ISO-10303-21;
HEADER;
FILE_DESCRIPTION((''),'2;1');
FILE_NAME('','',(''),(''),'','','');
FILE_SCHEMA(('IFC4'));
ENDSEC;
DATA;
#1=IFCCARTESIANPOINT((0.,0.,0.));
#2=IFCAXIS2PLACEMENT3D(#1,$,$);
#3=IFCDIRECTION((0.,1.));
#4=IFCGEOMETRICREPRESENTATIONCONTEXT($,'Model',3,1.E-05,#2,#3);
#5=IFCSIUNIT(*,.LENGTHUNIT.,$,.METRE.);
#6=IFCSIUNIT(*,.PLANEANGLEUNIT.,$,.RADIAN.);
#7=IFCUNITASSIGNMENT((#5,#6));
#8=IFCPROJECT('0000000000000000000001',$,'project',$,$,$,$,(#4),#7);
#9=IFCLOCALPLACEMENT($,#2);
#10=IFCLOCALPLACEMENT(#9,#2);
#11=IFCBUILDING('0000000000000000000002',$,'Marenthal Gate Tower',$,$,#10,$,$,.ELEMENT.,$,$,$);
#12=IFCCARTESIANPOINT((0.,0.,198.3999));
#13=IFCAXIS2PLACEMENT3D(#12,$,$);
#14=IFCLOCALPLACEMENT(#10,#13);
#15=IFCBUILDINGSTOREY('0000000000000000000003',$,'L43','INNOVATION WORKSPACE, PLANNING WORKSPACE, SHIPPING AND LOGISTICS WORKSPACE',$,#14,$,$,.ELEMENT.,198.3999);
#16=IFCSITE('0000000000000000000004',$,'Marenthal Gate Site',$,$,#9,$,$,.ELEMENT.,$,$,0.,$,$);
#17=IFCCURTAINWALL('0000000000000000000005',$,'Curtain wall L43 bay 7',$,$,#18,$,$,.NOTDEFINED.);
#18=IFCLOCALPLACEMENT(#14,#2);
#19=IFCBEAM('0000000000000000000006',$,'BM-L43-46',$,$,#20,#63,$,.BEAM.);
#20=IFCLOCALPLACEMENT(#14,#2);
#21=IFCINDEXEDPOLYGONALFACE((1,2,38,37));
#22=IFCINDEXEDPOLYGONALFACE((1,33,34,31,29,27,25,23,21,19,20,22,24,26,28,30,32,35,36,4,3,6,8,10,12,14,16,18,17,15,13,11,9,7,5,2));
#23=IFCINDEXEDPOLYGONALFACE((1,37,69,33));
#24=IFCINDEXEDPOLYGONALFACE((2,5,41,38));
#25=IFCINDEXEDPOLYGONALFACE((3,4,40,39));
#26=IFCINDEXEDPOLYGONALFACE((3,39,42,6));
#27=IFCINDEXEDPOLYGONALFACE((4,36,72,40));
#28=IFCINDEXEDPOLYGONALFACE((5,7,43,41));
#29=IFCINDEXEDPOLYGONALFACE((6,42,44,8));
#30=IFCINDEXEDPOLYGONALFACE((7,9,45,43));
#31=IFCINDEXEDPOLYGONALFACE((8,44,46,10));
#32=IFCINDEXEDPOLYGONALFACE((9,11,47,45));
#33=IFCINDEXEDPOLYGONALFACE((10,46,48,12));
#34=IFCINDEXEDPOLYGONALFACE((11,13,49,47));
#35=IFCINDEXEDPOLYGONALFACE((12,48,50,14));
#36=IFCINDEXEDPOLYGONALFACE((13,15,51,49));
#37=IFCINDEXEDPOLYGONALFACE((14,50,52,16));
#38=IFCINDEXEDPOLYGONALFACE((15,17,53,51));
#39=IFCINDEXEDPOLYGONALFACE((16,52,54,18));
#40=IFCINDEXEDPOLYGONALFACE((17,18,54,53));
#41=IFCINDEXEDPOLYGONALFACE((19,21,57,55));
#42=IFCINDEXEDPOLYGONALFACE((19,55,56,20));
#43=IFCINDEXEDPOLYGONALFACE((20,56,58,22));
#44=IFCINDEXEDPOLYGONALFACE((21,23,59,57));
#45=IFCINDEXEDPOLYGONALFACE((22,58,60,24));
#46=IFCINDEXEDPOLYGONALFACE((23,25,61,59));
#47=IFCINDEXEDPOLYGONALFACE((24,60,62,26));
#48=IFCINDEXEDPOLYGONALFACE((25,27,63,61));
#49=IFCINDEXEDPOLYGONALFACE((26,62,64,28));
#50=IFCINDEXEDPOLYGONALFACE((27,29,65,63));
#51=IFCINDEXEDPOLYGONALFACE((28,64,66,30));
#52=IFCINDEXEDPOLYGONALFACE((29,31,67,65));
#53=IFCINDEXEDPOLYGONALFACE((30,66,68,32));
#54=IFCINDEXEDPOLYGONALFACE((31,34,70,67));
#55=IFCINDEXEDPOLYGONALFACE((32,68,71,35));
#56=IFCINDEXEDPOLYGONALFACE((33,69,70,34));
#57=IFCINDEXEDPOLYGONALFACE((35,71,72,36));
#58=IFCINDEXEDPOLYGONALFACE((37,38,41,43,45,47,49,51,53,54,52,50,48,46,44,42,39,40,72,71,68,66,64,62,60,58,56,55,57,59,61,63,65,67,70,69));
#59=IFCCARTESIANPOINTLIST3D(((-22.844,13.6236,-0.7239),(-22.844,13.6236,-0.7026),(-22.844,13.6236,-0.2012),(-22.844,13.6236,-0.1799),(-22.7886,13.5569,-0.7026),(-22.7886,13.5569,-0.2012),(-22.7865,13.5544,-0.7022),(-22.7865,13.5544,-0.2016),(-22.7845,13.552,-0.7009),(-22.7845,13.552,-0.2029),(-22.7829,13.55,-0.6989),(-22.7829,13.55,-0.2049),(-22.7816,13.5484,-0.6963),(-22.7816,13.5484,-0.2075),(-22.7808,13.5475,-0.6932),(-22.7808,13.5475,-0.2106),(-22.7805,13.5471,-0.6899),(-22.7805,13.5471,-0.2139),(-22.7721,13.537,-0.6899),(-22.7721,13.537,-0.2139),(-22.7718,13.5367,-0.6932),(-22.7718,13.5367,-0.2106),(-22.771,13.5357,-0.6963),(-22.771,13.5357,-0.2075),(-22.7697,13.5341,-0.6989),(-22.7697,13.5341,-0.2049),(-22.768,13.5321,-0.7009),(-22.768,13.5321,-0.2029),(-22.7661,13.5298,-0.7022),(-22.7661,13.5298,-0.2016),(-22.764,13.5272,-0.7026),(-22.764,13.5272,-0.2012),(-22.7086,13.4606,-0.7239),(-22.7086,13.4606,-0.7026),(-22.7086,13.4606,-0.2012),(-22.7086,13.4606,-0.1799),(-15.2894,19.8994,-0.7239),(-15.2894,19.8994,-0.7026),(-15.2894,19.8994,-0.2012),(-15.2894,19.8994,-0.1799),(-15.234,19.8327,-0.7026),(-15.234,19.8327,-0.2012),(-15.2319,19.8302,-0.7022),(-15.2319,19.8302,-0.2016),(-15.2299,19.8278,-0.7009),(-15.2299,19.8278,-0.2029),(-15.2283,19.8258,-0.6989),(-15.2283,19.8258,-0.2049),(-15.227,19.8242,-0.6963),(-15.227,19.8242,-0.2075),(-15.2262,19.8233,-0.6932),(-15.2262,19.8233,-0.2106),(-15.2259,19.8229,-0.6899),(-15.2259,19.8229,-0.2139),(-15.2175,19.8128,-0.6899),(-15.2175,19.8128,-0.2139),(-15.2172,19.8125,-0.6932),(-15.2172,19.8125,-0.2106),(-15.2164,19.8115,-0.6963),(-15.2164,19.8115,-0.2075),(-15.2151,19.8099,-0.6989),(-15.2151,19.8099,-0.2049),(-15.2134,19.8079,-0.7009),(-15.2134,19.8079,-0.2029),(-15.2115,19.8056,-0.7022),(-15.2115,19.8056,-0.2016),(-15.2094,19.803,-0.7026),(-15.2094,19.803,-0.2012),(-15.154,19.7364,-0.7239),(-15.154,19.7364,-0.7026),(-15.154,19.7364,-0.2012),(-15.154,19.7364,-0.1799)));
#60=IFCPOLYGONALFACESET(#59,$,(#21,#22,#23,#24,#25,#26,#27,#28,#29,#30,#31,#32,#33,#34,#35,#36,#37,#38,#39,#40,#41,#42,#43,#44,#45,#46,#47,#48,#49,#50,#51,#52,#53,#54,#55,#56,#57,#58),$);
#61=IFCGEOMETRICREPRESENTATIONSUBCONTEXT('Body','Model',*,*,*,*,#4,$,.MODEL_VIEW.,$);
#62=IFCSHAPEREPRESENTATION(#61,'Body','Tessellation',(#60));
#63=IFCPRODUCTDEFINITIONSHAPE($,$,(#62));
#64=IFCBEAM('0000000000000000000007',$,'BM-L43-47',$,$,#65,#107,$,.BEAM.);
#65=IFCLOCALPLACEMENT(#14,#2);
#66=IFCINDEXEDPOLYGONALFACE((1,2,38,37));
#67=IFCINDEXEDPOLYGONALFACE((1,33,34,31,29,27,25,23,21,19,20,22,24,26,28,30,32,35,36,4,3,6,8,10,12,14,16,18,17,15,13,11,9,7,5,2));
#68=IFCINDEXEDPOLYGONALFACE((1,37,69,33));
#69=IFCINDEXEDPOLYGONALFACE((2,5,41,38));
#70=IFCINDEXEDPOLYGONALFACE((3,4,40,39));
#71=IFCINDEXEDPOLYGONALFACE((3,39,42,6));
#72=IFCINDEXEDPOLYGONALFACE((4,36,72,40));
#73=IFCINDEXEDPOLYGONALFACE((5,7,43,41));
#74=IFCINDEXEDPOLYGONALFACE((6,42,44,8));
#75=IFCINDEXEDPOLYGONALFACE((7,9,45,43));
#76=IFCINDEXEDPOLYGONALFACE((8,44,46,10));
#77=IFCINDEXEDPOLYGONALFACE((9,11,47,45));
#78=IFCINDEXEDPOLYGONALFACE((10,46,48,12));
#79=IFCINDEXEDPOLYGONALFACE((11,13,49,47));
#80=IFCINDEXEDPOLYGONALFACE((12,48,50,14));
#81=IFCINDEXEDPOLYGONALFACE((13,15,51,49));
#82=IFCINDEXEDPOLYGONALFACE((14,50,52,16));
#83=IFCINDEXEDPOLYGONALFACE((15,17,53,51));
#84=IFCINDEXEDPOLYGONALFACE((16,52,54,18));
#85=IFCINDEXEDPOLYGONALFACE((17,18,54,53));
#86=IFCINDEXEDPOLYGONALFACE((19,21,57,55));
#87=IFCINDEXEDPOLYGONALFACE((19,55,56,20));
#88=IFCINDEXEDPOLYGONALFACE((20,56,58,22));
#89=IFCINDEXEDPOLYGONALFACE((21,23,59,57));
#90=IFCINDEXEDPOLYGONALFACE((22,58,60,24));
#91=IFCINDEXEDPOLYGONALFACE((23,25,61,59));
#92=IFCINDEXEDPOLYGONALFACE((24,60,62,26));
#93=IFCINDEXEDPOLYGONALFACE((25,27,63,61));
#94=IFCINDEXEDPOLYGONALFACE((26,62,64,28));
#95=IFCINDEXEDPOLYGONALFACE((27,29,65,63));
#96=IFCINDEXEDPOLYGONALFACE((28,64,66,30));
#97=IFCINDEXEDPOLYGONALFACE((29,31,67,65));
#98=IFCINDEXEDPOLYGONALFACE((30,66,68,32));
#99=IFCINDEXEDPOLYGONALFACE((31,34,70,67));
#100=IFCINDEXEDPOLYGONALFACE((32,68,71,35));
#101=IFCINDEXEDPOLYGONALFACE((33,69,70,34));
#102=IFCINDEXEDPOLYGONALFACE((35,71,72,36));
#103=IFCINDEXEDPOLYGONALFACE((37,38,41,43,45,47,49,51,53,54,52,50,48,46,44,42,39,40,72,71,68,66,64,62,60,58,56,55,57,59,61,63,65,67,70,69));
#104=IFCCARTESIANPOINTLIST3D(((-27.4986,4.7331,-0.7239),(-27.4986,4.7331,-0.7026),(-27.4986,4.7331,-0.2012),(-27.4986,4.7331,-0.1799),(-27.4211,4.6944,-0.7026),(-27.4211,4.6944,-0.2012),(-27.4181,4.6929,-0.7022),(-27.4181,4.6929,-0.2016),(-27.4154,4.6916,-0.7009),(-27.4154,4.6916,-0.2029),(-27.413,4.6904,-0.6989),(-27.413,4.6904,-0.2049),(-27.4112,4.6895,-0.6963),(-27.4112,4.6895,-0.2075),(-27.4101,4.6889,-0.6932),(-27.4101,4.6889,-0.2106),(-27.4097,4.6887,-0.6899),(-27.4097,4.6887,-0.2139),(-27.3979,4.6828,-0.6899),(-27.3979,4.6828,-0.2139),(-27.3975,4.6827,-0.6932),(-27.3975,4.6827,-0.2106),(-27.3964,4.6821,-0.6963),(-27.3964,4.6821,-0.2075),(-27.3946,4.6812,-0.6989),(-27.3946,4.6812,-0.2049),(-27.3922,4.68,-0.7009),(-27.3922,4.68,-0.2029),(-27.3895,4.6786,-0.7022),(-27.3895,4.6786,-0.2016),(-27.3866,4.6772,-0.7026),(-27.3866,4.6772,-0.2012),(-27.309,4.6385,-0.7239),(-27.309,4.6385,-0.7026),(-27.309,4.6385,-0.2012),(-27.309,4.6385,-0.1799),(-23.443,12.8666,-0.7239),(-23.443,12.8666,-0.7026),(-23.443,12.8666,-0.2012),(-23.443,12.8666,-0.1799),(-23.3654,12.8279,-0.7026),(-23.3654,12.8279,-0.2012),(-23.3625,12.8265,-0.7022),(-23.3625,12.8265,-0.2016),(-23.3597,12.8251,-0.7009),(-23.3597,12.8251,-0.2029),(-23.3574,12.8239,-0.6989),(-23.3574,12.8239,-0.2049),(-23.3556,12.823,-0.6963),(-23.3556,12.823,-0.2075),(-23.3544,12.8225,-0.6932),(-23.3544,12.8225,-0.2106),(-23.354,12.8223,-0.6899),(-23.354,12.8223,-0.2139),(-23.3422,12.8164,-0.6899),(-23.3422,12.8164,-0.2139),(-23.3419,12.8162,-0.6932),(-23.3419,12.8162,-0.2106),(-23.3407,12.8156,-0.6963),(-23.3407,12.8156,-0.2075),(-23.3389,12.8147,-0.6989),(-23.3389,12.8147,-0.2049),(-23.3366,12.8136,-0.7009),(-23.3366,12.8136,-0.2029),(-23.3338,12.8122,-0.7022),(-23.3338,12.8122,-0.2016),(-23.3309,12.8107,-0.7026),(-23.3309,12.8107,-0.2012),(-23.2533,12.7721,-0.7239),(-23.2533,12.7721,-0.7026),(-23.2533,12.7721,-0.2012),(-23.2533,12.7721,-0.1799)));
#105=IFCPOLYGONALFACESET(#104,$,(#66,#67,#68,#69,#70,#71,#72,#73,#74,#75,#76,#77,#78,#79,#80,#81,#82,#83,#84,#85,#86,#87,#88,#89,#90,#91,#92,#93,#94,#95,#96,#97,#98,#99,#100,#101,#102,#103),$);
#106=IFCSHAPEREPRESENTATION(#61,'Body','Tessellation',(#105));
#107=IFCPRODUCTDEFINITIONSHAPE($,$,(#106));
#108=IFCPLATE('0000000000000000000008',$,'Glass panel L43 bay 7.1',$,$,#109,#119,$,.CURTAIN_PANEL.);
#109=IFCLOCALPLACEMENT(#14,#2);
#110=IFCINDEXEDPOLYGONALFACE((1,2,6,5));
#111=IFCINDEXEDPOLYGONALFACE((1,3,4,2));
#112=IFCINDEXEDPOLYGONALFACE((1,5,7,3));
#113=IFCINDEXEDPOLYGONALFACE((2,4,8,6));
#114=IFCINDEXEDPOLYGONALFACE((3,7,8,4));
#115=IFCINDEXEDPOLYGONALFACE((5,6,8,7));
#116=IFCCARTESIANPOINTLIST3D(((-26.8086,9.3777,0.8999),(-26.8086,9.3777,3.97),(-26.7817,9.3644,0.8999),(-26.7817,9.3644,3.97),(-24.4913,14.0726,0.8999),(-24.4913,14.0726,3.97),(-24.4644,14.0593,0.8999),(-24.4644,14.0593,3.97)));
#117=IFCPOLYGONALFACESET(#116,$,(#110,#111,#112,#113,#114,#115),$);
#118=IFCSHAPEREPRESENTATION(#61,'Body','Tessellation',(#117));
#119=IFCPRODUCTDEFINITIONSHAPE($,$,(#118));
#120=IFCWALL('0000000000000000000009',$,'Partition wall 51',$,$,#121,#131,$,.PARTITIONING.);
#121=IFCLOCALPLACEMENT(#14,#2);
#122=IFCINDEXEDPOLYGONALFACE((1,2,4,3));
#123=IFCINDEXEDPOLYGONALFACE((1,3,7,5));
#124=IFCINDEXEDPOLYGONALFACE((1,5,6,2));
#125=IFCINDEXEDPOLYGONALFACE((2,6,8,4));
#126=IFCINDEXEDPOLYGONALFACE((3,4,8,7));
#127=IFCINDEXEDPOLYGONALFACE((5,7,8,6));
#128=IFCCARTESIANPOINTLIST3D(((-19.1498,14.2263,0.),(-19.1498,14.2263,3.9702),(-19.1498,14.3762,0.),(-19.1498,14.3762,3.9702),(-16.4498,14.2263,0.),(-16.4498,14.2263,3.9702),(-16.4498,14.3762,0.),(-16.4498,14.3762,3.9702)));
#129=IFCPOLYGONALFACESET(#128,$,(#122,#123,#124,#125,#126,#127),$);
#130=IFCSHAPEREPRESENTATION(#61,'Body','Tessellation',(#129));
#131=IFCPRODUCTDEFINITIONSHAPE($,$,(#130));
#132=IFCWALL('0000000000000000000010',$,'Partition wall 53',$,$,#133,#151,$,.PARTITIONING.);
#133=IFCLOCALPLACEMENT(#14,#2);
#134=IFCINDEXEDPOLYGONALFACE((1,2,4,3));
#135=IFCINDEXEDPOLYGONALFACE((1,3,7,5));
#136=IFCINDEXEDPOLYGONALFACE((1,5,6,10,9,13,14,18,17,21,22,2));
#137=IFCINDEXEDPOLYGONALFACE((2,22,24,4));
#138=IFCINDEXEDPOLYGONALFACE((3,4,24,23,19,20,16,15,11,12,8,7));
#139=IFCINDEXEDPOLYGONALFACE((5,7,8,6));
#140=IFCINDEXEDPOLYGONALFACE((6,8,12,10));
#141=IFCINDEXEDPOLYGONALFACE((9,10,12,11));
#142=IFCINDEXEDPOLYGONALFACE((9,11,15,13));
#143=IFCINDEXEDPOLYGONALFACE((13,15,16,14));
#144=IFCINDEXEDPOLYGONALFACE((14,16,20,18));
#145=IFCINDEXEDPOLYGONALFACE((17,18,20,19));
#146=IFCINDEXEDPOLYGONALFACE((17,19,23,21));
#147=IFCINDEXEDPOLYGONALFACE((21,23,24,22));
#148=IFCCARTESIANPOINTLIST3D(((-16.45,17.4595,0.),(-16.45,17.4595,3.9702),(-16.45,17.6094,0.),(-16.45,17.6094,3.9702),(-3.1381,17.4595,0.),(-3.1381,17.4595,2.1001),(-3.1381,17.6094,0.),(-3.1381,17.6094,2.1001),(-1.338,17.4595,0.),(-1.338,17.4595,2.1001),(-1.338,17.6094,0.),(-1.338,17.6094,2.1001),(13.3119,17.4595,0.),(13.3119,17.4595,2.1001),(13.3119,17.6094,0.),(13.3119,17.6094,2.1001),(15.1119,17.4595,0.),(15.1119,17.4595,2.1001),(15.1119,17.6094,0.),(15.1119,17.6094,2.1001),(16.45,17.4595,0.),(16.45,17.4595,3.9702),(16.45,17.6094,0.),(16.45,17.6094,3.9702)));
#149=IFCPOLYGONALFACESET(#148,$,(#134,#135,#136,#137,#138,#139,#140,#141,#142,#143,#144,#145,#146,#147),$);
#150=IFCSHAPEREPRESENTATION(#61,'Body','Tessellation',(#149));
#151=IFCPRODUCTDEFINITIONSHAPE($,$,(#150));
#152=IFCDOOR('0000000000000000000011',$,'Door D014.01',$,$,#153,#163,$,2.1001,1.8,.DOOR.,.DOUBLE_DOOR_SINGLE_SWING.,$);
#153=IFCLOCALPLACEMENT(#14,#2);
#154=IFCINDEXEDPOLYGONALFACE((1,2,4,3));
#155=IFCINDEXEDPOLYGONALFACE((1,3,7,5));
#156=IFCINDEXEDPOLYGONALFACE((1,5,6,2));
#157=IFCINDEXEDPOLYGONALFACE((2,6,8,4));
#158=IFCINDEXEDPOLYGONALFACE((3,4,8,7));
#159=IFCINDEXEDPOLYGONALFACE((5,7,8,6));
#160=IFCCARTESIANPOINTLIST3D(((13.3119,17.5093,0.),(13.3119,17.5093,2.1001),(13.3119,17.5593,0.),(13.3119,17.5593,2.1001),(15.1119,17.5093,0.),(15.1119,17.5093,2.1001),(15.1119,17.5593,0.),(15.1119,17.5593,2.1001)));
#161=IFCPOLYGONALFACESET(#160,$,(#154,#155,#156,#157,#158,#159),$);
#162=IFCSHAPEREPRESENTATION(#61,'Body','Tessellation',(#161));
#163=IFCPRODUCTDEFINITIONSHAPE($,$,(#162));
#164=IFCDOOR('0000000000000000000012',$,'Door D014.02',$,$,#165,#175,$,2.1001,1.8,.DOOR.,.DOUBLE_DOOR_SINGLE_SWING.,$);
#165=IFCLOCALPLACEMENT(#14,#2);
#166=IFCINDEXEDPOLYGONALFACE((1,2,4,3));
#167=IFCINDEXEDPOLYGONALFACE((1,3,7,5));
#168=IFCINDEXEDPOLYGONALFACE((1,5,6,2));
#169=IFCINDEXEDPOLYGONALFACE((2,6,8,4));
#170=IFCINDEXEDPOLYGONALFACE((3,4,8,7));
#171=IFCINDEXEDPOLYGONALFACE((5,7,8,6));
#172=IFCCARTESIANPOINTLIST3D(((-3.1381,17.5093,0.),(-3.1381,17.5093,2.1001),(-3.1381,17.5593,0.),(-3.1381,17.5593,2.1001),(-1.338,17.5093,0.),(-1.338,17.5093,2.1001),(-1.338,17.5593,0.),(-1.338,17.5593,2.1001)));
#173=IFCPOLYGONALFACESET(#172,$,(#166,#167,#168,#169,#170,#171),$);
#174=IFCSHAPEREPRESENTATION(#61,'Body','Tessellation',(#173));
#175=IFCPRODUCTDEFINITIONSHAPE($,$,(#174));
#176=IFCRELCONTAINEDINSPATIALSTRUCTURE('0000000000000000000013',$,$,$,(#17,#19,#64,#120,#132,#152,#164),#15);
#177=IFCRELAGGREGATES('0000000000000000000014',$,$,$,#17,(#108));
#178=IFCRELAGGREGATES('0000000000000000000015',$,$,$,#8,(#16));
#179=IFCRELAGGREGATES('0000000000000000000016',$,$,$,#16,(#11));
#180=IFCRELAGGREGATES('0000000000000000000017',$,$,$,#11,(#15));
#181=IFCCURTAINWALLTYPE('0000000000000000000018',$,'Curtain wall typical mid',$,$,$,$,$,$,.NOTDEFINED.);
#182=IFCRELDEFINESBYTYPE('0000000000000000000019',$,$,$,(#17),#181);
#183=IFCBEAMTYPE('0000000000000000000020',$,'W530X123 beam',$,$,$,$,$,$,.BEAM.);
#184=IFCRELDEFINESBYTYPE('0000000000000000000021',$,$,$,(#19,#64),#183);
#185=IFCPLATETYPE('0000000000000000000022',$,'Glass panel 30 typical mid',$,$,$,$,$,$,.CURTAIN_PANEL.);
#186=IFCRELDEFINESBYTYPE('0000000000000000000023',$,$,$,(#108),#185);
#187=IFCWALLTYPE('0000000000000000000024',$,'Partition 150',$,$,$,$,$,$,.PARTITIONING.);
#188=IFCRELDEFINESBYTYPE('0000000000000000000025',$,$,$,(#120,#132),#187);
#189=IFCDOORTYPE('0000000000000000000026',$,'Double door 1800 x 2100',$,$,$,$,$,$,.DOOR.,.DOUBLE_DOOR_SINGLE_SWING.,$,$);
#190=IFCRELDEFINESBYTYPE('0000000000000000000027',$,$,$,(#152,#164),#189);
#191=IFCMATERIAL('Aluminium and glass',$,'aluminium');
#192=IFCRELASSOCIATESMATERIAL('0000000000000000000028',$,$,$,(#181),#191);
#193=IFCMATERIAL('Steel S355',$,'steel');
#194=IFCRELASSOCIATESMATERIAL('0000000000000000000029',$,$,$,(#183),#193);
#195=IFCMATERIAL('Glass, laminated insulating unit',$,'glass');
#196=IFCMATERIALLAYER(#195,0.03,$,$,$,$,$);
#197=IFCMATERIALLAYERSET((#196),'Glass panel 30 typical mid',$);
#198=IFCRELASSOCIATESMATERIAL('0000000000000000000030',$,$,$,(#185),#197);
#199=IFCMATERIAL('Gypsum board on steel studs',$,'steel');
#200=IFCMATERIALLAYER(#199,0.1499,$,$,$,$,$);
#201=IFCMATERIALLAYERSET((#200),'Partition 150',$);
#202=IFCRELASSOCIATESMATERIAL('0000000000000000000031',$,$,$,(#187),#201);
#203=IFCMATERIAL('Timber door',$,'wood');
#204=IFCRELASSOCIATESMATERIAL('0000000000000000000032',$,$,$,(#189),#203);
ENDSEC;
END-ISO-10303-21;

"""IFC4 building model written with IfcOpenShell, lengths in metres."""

from ifc_helpers import new_model, si_unit, direction, frame, frame_2d, origin, origin_2d, place, context, subcontext, project, spatial, rectangle, i_section, extrude, material, layer, layer_set, material_profile, profile_set, type_object, element, fill, aggregate, save


model = new_model("IFC4")

# Units and contexts
model_context = context("Model", 3, precision=1e-05, world=origin(), true_north=direction((0.0, 1.0)))
body_context = subcontext(model_context, "Body", "Model", "MODEL_VIEW")
ifc_project = project(units=[si_unit("LENGTHUNIT", "METRE"), si_unit("PLANEANGLEUNIT", "RADIAN")], contexts=[model_context])

# Site, building, storey
site_placement = place(None, origin())
site = spatial("IfcSite", under=ifc_project, at=site_placement, Name="Marenthal Gate Site", CompositionType="ELEMENT", RefElevation=0.0)
building_placement = place(site_placement, origin())
building = spatial("IfcBuilding", under=site, at=building_placement, Name="Marenthal Gate Tower", CompositionType="ELEMENT")
storey_placement = place(building_placement, frame((0.0, 0.0, 198.3999)))
storey = spatial("IfcBuildingStorey", under=building, at=storey_placement, Name="L43", Description="INNOVATION WORKSPACE, PLANNING WORKSPACE, SHIPPING AND LOGISTICS WORKSPACE", CompositionType="ELEMENT", Elevation=198.3999)

# Shared definitions
ifc_material_1 = material(Name="Aluminium and glass", Category="aluminium")
curtain_wall_type = type_object("IfcCurtainWallType", Name="Curtain wall typical mid", PredefinedType="NOTDEFINED", material=ifc_material_1)

# Curtain wall
curtain_wall_1_placement = place(storey_placement, origin())
curtain_wall_1 = element("IfcCurtainWall", 1, at=curtain_wall_1_placement, inside=storey, type_object=curtain_wall_type, Name="Curtain wall L43 bay 7", PredefinedType="NOTDEFINED")

# Beams
ifc_material_2 = material(Name="Steel S355", Category="steel")
ifc_material_profile_1 = material_profile(ifc_material_2, i_section(OverallWidth=0.2119, OverallDepth=0.5439, WebThickness=0.0132, FlangeThickness=0.0212, FilletRadius=0.0127, at=origin_2d()), Name="W530X123")
ifc_profile_set_1 = profile_set([ifc_material_profile_1], Name="Steel S355")
beam_type_1 = type_object("IfcBeamType", Name="W530X123 beam", PredefinedType="BEAM", material=ifc_profile_set_1)
beam_1_placement = place(storey_placement, frame((-15.2217, 19.8179, -0.4519), z_axis=(-0.769207, -0.639, 0.0), x_axis=(0.639, -0.769207, 0.0)))
element("IfcBeam", 2, at=beam_1_placement, inside=storey, type_object=beam_type_1, Name="BM-L43-46", PredefinedType="BEAM", context=body_context, shape_type="SweptSolid", body=[
    extrude(i_section(OverallWidth=0.2119, OverallDepth=0.5439, WebThickness=0.0132, FlangeThickness=0.0212, FilletRadius=0.0127, at=origin_2d()), origin(), (0.0, 0.0, 1.0), 9.8213),
])
beam_2_placement = place(storey_placement, frame((-23.3481, 12.8193, -0.4519), z_axis=(-0.446236, -0.894916, 0.0), x_axis=(0.894916, -0.446236, 0.0)))
element("IfcBeam", 3, at=beam_2_placement, inside=storey, type_object=beam_type_1, Name="BM-L43-47", PredefinedType="BEAM", context=body_context, shape_type="SweptSolid", body=[
    extrude(i_section(OverallWidth=0.2119, OverallDepth=0.5439, WebThickness=0.0132, FlangeThickness=0.0212, FilletRadius=0.0127, at=origin_2d()), origin(), (0.0, 0.0, 1.0), 9.0886),
])

# Plate
ifc_material_3 = material(Name="Glass, laminated insulating unit", Category="glass")
ifc_layer_1 = layer(ifc_material_3, 0.03)
ifc_layer_set_1 = layer_set([ifc_layer_1], Name="Glass panel 30 typical mid")
plate_type = type_object("IfcPlateType", Name="Glass panel 30 typical mid", PredefinedType="CURTAIN_PANEL", material=ifc_layer_set_1)
plate_placement = place(storey_placement, frame((-25.6365, 11.7185, 0.8999), z_axis=(0.0, 0.0, 1.0), x_axis=(-0.442607, -0.896716, 0.0)))
plate = element("IfcPlate", 4, at=plate_placement, type_object=plate_type, Name="Glass panel L43 bay 7.1", PredefinedType="CURTAIN_PANEL", context=body_context, shape_type="SweptSolid", body=[
    extrude(rectangle(XDim=5.2356, YDim=0.03, at=origin_2d()), origin(), (0.0, 0.0, 1.0), 3.0701),
])
aggregate(curtain_wall_1, [plate])

# Wall
ifc_material_4 = material(Name="Gypsum board on steel studs", Category="steel")
ifc_layer_2 = layer(ifc_material_4, 0.1499)
ifc_layer_set_2 = layer_set([ifc_layer_2], Name="Partition 150")
wall_type_1 = type_object("IfcWallType", Name="Partition 150", PredefinedType="PARTITIONING", material=ifc_layer_set_2)
wall_1_placement = place(storey_placement, frame((-19.1499, 14.3013, 0.0), z_axis=(0.0, 0.0, 1.0), x_axis=(1.0, 0.0, 0.0)))
element("IfcWall", 5, at=wall_1_placement, inside=storey, type_object=wall_type_1, Name="Partition wall 51", PredefinedType="PARTITIONING", context=body_context, shape_type="SweptSolid", body=[
    extrude(rectangle(XDim=2.7, YDim=0.1499, at=frame_2d((1.3501, 0.0))), origin(), (0.0, 0.0, 1.0), 3.9702),
])

# Wall, openings, doors
wall_2_placement = place(storey_placement, frame((-16.45, 17.5344, 0.0), z_axis=(0.0, 0.0, 1.0), x_axis=(1.0, 0.0, 0.0)))
wall_2 = element("IfcWall", 6, at=wall_2_placement, inside=storey, type_object=wall_type_1, Name="Partition wall 53", PredefinedType="PARTITIONING", context=body_context, shape_type="SweptSolid", body=[
    extrude(rectangle(XDim=32.8999, YDim=0.1499, at=frame_2d((16.45, 0.0))), origin(), (0.0, 0.0, 1.0), 3.9702),
])
opening_1_placement = place(wall_2_placement, frame((29.762, 0.0, 0.0)))
opening_1 = element("IfcOpeningElement", 7, at=opening_1_placement, cuts=wall_2, PredefinedType="OPENING", context=body_context, shape_type="SweptSolid", body=[
    extrude(rectangle(XDim=1.8, YDim=2.1001, at=frame_2d((0.8999, 1.05))), frame((0.0, 0.085, 0.0), z_axis=(0.0, -1.0, 0.0), x_axis=(1.0, 0.0, 0.0)), (0.0, 0.0, 1.0), 0.1699),
])
opening_2_placement = place(wall_2_placement, frame((13.312, 0.0, 0.0)))
opening_2 = element("IfcOpeningElement", 8, at=opening_2_placement, cuts=wall_2, PredefinedType="OPENING", context=body_context, shape_type="SweptSolid", body=[
    extrude(rectangle(XDim=1.8, YDim=2.1001, at=frame_2d((0.8999, 1.05))), frame((0.0, 0.085, 0.0), z_axis=(0.0, -1.0, 0.0), x_axis=(1.0, 0.0, 0.0)), (0.0, 0.0, 1.0), 0.1699),
])
ifc_material_5 = material(Name="Timber door", Category="wood")
door_type_1 = type_object("IfcDoorType", Name="Double door 1800 x 2100", OperationType="DOUBLE_DOOR_SINGLE_SWING", PredefinedType="DOOR", material=ifc_material_5)
door_1_placement = place(opening_1_placement, origin())
door_1 = element("IfcDoor", 9, at=door_1_placement, inside=storey, type_object=door_type_1, Name="Door D014.01", OperationType="DOUBLE_DOOR_SINGLE_SWING", OverallHeight=2.1001, OverallWidth=1.8, PredefinedType="DOOR", context=body_context, shape_type="SweptSolid", body=[
    extrude(rectangle(XDim=1.8, YDim=2.1001, at=frame_2d((0.8999, 1.05))), frame((0.0, 0.0249, 0.0), z_axis=(0.0, -1.0, 0.0), x_axis=(1.0, 0.0, 0.0)), (0.0, 0.0, 1.0), 0.05),
])
fill(opening_1, door_1)
door_2_placement = place(opening_2_placement, origin())
door_2 = element("IfcDoor", 10, at=door_2_placement, inside=storey, type_object=door_type_1, Name="Door D014.02", OperationType="DOUBLE_DOOR_SINGLE_SWING", OverallHeight=2.1001, OverallWidth=1.8, PredefinedType="DOOR", context=body_context, shape_type="SweptSolid", body=[
    extrude(rectangle(XDim=1.8, YDim=2.1001, at=frame_2d((0.8999, 1.05))), frame((0.0, 0.0249, 0.0), z_axis=(0.0, -1.0, 0.0), x_axis=(1.0, 0.0, 0.0)), (0.0, 0.0, 1.0), 0.05),
])
fill(opening_2, door_2)

save(model, "model.ifc")
